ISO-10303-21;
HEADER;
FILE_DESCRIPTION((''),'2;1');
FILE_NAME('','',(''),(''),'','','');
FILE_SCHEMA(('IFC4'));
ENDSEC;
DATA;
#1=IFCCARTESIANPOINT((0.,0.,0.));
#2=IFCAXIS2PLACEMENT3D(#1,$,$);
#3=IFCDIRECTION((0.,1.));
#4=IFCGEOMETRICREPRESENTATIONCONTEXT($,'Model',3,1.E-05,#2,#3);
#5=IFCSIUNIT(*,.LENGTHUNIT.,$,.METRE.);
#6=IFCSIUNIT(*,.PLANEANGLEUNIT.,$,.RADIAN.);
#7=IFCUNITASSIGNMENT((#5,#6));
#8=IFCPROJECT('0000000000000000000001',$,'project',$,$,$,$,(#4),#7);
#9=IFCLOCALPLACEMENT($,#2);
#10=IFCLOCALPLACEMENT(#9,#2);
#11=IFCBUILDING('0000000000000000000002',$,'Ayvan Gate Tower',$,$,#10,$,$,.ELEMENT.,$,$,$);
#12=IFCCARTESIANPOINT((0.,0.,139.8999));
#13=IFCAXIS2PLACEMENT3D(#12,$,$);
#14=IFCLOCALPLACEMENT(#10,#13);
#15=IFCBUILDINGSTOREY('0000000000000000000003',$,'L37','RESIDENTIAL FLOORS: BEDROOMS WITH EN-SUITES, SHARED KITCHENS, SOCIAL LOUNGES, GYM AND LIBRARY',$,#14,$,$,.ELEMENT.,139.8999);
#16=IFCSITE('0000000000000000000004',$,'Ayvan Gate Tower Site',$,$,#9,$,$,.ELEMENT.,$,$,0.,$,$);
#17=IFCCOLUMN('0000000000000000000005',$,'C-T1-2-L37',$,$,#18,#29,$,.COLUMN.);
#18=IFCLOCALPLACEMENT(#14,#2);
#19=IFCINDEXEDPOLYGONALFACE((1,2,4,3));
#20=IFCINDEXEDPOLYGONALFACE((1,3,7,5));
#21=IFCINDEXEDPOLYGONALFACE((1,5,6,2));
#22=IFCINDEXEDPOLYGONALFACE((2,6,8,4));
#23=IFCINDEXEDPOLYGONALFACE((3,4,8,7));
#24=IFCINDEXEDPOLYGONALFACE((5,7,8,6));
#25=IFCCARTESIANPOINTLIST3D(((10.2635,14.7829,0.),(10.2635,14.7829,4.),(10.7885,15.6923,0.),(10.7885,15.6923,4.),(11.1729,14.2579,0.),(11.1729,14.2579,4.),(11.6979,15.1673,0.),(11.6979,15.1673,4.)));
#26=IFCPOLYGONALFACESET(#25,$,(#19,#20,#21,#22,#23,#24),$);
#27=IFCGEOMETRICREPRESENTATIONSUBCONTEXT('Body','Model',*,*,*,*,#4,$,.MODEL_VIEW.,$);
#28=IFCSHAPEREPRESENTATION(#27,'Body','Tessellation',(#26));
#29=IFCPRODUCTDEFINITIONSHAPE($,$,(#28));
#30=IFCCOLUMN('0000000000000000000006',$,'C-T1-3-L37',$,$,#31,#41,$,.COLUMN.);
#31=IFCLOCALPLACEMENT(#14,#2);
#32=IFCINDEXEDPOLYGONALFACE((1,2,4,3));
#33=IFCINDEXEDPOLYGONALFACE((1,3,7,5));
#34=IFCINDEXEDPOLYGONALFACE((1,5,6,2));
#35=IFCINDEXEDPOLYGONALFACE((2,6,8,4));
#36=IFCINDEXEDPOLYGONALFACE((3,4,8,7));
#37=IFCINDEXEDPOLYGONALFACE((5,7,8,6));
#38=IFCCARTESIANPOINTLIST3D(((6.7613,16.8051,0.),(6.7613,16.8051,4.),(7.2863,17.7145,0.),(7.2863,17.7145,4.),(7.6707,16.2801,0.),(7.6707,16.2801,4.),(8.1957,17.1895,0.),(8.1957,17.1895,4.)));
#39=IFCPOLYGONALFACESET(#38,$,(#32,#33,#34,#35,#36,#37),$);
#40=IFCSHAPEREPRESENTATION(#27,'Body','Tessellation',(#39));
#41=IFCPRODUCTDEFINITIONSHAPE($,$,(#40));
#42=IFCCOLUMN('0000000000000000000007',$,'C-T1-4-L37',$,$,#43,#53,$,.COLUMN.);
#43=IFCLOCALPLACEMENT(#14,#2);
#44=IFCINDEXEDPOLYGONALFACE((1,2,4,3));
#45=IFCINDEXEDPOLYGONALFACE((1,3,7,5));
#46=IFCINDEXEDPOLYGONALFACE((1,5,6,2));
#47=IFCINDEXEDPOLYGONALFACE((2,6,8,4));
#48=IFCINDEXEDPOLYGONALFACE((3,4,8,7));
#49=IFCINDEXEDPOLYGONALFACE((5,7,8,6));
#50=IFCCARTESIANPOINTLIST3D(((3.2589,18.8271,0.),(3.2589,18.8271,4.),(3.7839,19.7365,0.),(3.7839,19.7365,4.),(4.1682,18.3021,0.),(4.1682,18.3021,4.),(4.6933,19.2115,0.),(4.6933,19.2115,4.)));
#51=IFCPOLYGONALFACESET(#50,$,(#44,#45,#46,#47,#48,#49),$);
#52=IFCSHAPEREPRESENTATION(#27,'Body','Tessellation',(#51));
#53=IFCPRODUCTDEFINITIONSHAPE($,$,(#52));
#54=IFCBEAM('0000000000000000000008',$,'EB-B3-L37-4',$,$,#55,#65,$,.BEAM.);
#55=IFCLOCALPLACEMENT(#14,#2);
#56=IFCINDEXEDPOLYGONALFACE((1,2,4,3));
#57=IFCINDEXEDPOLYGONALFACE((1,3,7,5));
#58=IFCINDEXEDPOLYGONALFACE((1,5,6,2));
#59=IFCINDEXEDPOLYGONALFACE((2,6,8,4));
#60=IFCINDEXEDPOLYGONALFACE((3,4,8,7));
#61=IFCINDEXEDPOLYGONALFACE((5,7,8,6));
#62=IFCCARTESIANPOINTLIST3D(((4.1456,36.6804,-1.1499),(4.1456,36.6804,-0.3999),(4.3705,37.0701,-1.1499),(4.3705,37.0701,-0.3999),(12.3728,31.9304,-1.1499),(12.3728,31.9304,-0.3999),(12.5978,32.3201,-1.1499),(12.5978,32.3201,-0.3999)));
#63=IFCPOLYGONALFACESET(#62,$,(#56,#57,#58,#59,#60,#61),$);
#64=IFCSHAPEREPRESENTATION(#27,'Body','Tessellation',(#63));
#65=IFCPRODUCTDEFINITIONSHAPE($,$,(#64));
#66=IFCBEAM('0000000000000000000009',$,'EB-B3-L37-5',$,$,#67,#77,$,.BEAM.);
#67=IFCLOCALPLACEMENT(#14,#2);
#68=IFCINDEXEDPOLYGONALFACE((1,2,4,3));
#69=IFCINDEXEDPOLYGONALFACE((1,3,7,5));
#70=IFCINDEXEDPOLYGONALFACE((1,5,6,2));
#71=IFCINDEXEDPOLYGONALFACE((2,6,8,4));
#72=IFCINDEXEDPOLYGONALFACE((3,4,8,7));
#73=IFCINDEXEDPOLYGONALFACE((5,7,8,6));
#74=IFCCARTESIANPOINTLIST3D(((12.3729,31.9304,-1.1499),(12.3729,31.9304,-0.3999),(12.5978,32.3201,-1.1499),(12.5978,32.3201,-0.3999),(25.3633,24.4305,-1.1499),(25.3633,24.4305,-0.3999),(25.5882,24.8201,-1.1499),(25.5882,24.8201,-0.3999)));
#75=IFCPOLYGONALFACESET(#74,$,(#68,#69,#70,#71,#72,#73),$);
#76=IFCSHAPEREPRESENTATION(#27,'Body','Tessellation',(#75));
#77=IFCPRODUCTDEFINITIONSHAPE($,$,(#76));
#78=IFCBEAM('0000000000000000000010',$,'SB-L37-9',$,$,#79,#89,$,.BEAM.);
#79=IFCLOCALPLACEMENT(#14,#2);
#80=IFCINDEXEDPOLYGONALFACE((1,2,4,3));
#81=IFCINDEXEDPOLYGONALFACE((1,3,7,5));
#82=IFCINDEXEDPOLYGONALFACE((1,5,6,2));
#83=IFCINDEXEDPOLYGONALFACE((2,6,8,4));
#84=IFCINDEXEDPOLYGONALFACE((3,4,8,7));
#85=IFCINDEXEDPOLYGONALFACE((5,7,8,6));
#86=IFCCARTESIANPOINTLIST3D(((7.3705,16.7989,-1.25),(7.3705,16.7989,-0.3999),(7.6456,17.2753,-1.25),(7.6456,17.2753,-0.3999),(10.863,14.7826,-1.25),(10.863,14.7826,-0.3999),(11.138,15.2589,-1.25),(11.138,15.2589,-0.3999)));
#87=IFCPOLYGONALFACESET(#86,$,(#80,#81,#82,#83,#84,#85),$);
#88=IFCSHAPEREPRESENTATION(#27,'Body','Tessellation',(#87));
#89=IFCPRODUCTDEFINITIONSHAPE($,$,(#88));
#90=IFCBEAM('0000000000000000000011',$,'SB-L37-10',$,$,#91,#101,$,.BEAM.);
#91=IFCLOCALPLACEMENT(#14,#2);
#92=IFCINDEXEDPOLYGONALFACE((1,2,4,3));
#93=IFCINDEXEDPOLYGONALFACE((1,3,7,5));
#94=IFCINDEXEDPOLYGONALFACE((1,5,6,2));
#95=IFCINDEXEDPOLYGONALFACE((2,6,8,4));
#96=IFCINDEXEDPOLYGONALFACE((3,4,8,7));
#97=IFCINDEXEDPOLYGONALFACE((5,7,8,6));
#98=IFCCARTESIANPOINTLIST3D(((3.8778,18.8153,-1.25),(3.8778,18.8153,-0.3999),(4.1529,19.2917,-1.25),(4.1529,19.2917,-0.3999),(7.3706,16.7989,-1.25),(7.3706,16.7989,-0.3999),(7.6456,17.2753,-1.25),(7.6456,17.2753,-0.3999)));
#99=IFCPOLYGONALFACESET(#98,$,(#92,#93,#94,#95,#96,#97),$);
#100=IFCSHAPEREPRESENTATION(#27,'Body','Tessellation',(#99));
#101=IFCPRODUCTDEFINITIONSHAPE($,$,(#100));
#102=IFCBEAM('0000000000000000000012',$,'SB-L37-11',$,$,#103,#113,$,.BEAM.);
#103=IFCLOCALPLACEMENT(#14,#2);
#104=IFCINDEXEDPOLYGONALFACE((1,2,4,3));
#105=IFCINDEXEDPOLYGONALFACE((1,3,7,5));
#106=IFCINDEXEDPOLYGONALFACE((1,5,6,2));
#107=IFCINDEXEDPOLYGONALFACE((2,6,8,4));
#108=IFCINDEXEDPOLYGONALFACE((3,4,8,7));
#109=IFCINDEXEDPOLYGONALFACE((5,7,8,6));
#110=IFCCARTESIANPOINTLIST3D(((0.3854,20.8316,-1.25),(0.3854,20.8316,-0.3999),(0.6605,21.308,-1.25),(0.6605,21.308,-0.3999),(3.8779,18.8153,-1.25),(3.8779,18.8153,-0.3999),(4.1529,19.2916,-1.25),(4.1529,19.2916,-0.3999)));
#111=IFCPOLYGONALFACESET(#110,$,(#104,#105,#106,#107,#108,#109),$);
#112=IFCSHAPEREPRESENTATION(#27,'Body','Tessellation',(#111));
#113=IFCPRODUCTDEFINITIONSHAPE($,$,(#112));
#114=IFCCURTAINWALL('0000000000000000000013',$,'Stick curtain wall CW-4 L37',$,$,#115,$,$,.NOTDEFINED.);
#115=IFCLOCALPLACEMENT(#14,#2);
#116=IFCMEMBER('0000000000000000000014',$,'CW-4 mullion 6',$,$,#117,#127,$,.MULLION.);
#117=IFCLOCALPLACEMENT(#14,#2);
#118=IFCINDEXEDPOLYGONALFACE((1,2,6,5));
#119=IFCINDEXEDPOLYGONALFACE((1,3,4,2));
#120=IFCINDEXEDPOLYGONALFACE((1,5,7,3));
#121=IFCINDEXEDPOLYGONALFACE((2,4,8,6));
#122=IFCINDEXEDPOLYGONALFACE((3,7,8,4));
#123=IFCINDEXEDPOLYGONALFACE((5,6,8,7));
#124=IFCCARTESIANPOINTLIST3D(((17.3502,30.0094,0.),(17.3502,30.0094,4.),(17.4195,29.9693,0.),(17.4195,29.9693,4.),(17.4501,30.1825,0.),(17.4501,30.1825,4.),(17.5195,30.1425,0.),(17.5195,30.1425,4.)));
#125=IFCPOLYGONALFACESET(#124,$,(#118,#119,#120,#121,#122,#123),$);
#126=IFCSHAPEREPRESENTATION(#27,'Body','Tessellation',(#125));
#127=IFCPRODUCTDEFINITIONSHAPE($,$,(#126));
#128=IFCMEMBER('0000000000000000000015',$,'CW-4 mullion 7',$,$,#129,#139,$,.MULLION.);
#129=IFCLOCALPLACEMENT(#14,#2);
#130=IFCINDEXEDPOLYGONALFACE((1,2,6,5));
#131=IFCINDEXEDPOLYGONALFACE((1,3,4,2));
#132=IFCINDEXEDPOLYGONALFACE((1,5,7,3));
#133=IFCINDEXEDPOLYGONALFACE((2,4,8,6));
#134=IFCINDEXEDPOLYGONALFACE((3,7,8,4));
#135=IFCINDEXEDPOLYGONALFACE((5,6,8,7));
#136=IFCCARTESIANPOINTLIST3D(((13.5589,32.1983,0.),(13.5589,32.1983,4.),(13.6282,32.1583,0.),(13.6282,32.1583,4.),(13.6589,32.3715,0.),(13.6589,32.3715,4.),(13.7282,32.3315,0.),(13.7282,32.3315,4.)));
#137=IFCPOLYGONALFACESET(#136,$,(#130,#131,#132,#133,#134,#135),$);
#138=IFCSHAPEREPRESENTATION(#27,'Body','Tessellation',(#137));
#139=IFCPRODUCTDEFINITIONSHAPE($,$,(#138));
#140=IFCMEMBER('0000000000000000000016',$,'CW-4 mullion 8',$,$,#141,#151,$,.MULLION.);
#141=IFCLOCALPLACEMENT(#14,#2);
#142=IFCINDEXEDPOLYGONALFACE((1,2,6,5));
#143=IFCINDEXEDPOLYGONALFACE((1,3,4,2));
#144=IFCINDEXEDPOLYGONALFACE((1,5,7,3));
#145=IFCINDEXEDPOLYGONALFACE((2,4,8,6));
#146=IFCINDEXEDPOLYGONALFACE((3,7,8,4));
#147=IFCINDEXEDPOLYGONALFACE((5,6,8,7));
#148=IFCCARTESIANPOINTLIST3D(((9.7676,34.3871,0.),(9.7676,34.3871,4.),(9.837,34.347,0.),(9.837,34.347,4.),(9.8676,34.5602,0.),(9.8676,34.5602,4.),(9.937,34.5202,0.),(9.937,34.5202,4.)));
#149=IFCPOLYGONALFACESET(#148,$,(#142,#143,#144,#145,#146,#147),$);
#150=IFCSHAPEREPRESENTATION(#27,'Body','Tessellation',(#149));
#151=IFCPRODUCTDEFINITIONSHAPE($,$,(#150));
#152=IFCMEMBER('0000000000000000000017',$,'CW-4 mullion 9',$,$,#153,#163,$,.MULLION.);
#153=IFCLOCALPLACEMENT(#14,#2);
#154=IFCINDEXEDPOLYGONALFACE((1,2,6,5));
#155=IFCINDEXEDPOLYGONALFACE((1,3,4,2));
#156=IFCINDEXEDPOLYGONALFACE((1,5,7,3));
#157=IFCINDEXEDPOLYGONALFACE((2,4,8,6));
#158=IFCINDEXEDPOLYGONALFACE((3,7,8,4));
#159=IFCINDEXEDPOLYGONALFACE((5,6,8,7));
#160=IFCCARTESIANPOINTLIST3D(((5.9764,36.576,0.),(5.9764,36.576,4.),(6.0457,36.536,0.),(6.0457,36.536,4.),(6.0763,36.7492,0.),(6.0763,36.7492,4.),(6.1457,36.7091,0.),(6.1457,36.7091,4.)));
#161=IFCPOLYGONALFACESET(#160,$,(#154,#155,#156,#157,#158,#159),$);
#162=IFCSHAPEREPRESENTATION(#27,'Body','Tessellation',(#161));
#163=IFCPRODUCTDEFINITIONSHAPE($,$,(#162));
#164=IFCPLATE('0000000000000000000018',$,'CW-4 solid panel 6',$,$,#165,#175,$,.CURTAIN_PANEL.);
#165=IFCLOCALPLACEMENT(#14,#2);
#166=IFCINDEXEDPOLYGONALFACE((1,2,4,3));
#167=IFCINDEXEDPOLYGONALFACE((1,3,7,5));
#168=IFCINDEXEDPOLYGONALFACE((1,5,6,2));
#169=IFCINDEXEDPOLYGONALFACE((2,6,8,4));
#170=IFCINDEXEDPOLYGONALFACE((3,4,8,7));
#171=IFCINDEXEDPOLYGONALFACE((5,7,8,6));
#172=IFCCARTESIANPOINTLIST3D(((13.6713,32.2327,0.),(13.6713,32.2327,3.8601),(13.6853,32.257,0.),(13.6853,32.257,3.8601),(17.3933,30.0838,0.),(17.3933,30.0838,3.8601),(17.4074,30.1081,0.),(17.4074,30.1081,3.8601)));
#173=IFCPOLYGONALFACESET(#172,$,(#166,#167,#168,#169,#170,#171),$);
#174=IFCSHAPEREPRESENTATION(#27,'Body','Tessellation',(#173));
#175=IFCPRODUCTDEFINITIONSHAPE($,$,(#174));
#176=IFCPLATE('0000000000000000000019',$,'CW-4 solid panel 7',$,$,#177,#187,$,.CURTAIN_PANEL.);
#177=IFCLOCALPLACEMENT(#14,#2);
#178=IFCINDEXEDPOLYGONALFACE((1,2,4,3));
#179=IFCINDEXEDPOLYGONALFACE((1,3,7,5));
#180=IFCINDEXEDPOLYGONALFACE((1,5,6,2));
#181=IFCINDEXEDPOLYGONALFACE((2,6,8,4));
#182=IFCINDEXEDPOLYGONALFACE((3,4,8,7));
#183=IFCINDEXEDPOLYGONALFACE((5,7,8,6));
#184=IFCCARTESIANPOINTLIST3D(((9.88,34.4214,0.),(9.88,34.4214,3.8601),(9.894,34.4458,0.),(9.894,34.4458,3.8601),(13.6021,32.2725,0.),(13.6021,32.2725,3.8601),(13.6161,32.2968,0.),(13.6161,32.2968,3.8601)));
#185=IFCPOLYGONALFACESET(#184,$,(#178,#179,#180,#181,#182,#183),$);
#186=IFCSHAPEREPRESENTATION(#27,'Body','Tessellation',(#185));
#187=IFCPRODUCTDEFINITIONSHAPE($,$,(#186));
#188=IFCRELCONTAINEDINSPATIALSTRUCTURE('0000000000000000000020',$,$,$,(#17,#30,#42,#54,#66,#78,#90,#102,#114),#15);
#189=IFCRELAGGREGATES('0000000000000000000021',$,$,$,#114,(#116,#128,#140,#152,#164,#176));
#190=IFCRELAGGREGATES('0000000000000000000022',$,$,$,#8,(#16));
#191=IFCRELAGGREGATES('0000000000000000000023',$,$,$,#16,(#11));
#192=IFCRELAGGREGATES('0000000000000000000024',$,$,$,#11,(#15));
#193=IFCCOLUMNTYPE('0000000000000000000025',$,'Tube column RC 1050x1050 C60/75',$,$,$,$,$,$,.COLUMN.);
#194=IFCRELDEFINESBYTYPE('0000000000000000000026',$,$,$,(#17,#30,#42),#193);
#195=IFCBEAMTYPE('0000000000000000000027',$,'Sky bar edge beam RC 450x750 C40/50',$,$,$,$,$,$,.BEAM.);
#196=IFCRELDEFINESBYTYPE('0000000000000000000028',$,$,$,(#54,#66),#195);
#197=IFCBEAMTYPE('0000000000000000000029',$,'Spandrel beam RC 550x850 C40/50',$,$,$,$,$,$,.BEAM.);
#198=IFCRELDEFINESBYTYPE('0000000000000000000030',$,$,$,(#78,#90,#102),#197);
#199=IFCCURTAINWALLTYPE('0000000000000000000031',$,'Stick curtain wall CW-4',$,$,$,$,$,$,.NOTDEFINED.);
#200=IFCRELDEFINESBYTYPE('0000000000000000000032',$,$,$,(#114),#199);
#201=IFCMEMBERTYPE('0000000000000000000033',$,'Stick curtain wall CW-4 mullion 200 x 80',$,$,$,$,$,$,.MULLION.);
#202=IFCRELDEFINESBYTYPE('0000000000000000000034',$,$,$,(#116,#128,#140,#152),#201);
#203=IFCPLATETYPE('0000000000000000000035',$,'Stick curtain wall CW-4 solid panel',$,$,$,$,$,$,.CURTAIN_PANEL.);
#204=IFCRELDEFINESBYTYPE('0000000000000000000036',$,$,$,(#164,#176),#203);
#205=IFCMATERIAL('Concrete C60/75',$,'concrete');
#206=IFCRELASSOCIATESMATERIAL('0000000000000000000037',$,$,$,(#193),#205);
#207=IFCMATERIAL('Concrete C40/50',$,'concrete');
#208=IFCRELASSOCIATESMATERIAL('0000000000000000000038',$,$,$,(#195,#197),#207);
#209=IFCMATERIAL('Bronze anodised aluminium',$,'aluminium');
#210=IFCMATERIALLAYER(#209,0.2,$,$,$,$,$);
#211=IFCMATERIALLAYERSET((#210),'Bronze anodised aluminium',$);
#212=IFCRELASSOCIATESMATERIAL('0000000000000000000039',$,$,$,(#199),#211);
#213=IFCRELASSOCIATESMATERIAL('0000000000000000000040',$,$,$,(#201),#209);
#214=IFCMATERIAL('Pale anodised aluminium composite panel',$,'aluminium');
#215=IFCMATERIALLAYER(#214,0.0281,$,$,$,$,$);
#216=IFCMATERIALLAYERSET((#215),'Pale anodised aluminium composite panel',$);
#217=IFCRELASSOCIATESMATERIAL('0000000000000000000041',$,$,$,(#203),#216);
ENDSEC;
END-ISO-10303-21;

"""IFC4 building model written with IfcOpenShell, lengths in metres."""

from ifc_helpers import new_model, si_unit, direction, frame, origin, origin_2d, place, context, subcontext, project, spatial, rectangle, extrude, material, layer, layer_set, material_profile, profile_set, type_object, element, aggregate, save


model = new_model("IFC4")

# Units and contexts
model_context = context("Model", 3, precision=1e-05, world=origin(), true_north=direction((0.0, 1.0)))
body_context = subcontext(model_context, "Body", "Model", "MODEL_VIEW")
ifc_project = project(units=[si_unit("LENGTHUNIT", "METRE"), si_unit("PLANEANGLEUNIT", "RADIAN")], contexts=[model_context])

# Site, building, storey
site_placement = place(None, origin())
site = spatial("IfcSite", under=ifc_project, at=site_placement, Name="Ayvan Gate Tower Site", CompositionType="ELEMENT", RefElevation=0.0)
building_placement = place(site_placement, origin())
building = spatial("IfcBuilding", under=site, at=building_placement, Name="Ayvan Gate Tower", CompositionType="ELEMENT")
storey_placement = place(building_placement, frame((0.0, 0.0, 139.8999)))
storey = spatial("IfcBuildingStorey", under=building, at=storey_placement, Name="L37", Description="RESIDENTIAL FLOORS: BEDROOMS WITH EN-SUITES, SHARED KITCHENS, SOCIAL LOUNGES, GYM AND LIBRARY", CompositionType="ELEMENT", Elevation=139.8999)

# Columns
ifc_material_1 = material(Name="Concrete C60/75", Category="concrete")
ifc_material_profile_1 = material_profile(ifc_material_1, rectangle(XDim=1.05, YDim=1.05, at=origin_2d()), Name="RC 1050x1050")
ifc_profile_set_1 = profile_set([ifc_material_profile_1], Name="Concrete C60/75")
column_type = type_object("IfcColumnType", Name="Tube column RC 1050x1050 C60/75", PredefinedType="COLUMN", material=ifc_profile_set_1)
for number, where, z_axis, x_axis, name in (
    (1, (10.9807, 14.9751, 0.0), (0.0, 0.0, 1.0), (0.5, 0.866025, 0.0), "C-T1-2-L37"),
    (2, (7.4785, 16.9973, 0.0), (0.0, 0.0, 1.0), (0.5, 0.866025, 0.0), "C-T1-3-L37"),
    (3, (3.9761, 19.0193, 0.0), (0.0, 0.0, 1.0), (0.5, 0.866025, 0.0), "C-T1-4-L37"),
):
    element("IfcColumn", number, at=place(storey_placement, frame(where, z_axis=z_axis, x_axis=x_axis)), inside=storey, type_object=column_type, Name=name, PredefinedType="COLUMN", context=body_context, shape_type="SweptSolid", body=[
        extrude(rectangle(XDim=1.05, YDim=1.05, at=origin_2d()), origin(), (0.0, 0.0, 1.0), 4.0),
    ])

# Beams
ifc_material_2 = material(Name="Concrete C40/50", Category="concrete")
ifc_material_profile_2 = material_profile(ifc_material_2, rectangle(XDim=0.45, YDim=0.75, at=origin_2d()), Name="RC 450x750")
ifc_profile_set_2 = profile_set([ifc_material_profile_2], Name="Concrete C40/50")
beam_type_1 = type_object("IfcBeamType", Name="Sky bar edge beam RC 450x750 C40/50", PredefinedType="BEAM", material=ifc_profile_set_2)
beam_1_placement = place(storey_placement, frame((4.2581, 36.8752, -0.7749), z_axis=(0.866027, -0.499998, 0.0), x_axis=(0.499998, 0.866027, 0.0)))
element("IfcBeam", 4, at=beam_1_placement, inside=storey, type_object=beam_type_1, Name="EB-B3-L37-4", PredefinedType="BEAM", context=body_context, shape_type="SweptSolid", body=[
    extrude(rectangle(XDim=0.45, YDim=0.75, at=origin_2d()), origin(), (0.0, 0.0, 1.0), 9.5),
])
beam_2_placement = place(storey_placement, frame((12.4854, 32.1252, -0.7749), z_axis=(0.866027, -0.499997, 0.0), x_axis=(0.499997, 0.866027, 0.0)))
element("IfcBeam", 5, at=beam_2_placement, inside=storey, type_object=beam_type_1, Name="EB-B3-L37-5", PredefinedType="BEAM", context=body_context, shape_type="SweptSolid", body=[
    extrude(rectangle(XDim=0.45, YDim=0.75, at=origin_2d()), origin(), (0.0, 0.0, 1.0), 15.0),
])
ifc_material_profile_3 = material_profile(ifc_material_2, rectangle(XDim=0.55, YDim=0.8501, at=origin_2d()), Name="RC 550x850")
ifc_profile_set_3 = profile_set([ifc_material_profile_3], Name="Concrete C40/50")
beam_type_2 = type_object("IfcBeamType", Name="Spandrel beam RC 550x850 C40/50", PredefinedType="BEAM", material=ifc_profile_set_3)
beam_3_placement = place(storey_placement, frame((11.0005, 15.0208, -0.825), z_axis=(-0.866025, 0.5, 0.0), x_axis=(-0.5, -0.866025, 0.0)))
element("IfcBeam", 6, at=beam_3_placement, inside=storey, type_object=beam_type_2, Name="SB-L37-9", PredefinedType="BEAM", context=body_context, shape_type="SweptSolid", body=[
    extrude(rectangle(XDim=0.55, YDim=0.8501, at=origin_2d()), origin(), (0.0, 0.0, 1.0), 4.0327),
])
beam_4_placement = place(storey_placement, frame((7.5081, 17.0371, -0.825), z_axis=(-0.86604, 0.499974, 0.0), x_axis=(-0.499974, -0.86604, 0.0)))
element("IfcBeam", 7, at=beam_4_placement, inside=storey, type_object=beam_type_2, Name="SB-L37-10", PredefinedType="BEAM", context=body_context, shape_type="SweptSolid", body=[
    extrude(rectangle(XDim=0.55, YDim=0.8501, at=origin_2d()), origin(), (0.0, 0.0, 1.0), 4.033),
])
beam_5_placement = place(storey_placement, frame((4.0154, 19.0535, -0.825), z_axis=(-0.866025, 0.5, 0.0), x_axis=(-0.5, -0.866025, 0.0)))
element("IfcBeam", 8, at=beam_5_placement, inside=storey, type_object=beam_type_2, Name="SB-L37-11", PredefinedType="BEAM", context=body_context, shape_type="SweptSolid", body=[
    extrude(rectangle(XDim=0.55, YDim=0.8501, at=origin_2d()), origin(), (0.0, 0.0, 1.0), 4.0327),
])

# Curtain wall, members, plates
ifc_material_3 = material(Name="Bronze anodised aluminium", Category="aluminium")
ifc_layer_1 = layer(ifc_material_3, 0.2)
ifc_layer_set_1 = layer_set([ifc_layer_1], Name="Bronze anodised aluminium")
curtain_wall_type = type_object("IfcCurtainWallType", Name="Stick curtain wall CW-4", PredefinedType="NOTDEFINED", material=ifc_layer_set_1)
curtain_wall_placement = place(storey_placement, origin())
curtain_wall = element("IfcCurtainWall", 9, at=curtain_wall_placement, inside=storey, type_object=curtain_wall_type, Name="Stick curtain wall CW-4 L37", PredefinedType="NOTDEFINED")
ifc_material_profile_4 = material_profile(ifc_material_3, rectangle(XDim=0.2, YDim=0.0801, at=origin_2d()), Name="Stick curtain wall CW-4 mullion 200 x 80")
ifc_profile_set_4 = profile_set([ifc_material_profile_4], Name="Bronze anodised aluminium")
member_type = type_object("IfcMemberType", Name="Stick curtain wall CW-4 mullion 200 x 80", PredefinedType="MULLION", material=ifc_profile_set_4)
member_1_placement = place(storey_placement, frame((17.4348, 30.0759, 0.0), z_axis=(0.0, 0.0, 1.0), x_axis=(0.5, 0.866025, 0.0)))
member_1 = element("IfcMember", 10, at=member_1_placement, type_object=member_type, Name="CW-4 mullion 6", PredefinedType="MULLION", context=body_context, shape_type="SweptSolid", body=[
    extrude(rectangle(XDim=0.2, YDim=0.0801, at=origin_2d()), origin(), (0.0, 0.0, 1.0), 4.0),
])
member_2_placement = place(storey_placement, frame((13.6436, 32.2649, 0.0), z_axis=(0.0, 0.0, 1.0), x_axis=(0.5, 0.866025, 0.0)))
member_2 = element("IfcMember", 11, at=member_2_placement, type_object=member_type, Name="CW-4 mullion 7", PredefinedType="MULLION", context=body_context, shape_type="SweptSolid", body=[
    extrude(rectangle(XDim=0.2, YDim=0.0801, at=origin_2d()), origin(), (0.0, 0.0, 1.0), 4.0),
])
member_3_placement = place(storey_placement, frame((9.8523, 34.4536, 0.0), z_axis=(0.0, 0.0, 1.0), x_axis=(0.5, 0.866025, 0.0)))
member_3 = element("IfcMember", 12, at=member_3_placement, type_object=member_type, Name="CW-4 mullion 8", PredefinedType="MULLION", context=body_context, shape_type="SweptSolid", body=[
    extrude(rectangle(XDim=0.2, YDim=0.0801, at=origin_2d()), origin(), (0.0, 0.0, 1.0), 4.0),
])
member_4_placement = place(storey_placement, frame((6.061, 36.6426, 0.0), z_axis=(0.0, 0.0, 1.0), x_axis=(0.5, 0.866025, 0.0)))
member_4 = element("IfcMember", 13, at=member_4_placement, type_object=member_type, Name="CW-4 mullion 9", PredefinedType="MULLION", context=body_context, shape_type="SweptSolid", body=[
    extrude(rectangle(XDim=0.2, YDim=0.0801, at=origin_2d()), origin(), (0.0, 0.0, 1.0), 4.0),
])
ifc_material_4 = material(Name="Pale anodised aluminium composite panel", Category="aluminium")
ifc_layer_2 = layer(ifc_material_4, 0.0281)
ifc_layer_set_2 = layer_set([ifc_layer_2], Name="Pale anodised aluminium composite panel")
plate_type = type_object("IfcPlateType", Name="Stick curtain wall CW-4 solid panel", PredefinedType="CURTAIN_PANEL", material=ifc_layer_set_2)
plate_1_placement = place(storey_placement, frame((15.5393, 31.1704, 0.0), z_axis=(0.0, 0.0, 1.0), x_axis=(-0.866025, 0.5, 0.0)))
plate_1 = element("IfcPlate", 14, at=plate_1_placement, type_object=plate_type, Name="CW-4 solid panel 6", PredefinedType="CURTAIN_PANEL", context=body_context, shape_type="SweptSolid", body=[
    extrude(rectangle(XDim=4.2979, YDim=0.0281, at=origin_2d()), origin(), (0.0, 0.0, 1.0), 3.8601),
])
plate_2_placement = place(storey_placement, frame((11.748, 33.3591, 0.0), z_axis=(0.0, 0.0, 1.0), x_axis=(-0.866025, 0.5, 0.0)))
plate_2 = element("IfcPlate", 15, at=plate_2_placement, type_object=plate_type, Name="CW-4 solid panel 7", PredefinedType="CURTAIN_PANEL", context=body_context, shape_type="SweptSolid", body=[
    extrude(rectangle(XDim=4.2979, YDim=0.0281, at=origin_2d()), origin(), (0.0, 0.0, 1.0), 3.8601),
])
aggregate(curtain_wall, [member_1, member_2, member_3, member_4, plate_1, plate_2])

save(model, "model.ifc")
